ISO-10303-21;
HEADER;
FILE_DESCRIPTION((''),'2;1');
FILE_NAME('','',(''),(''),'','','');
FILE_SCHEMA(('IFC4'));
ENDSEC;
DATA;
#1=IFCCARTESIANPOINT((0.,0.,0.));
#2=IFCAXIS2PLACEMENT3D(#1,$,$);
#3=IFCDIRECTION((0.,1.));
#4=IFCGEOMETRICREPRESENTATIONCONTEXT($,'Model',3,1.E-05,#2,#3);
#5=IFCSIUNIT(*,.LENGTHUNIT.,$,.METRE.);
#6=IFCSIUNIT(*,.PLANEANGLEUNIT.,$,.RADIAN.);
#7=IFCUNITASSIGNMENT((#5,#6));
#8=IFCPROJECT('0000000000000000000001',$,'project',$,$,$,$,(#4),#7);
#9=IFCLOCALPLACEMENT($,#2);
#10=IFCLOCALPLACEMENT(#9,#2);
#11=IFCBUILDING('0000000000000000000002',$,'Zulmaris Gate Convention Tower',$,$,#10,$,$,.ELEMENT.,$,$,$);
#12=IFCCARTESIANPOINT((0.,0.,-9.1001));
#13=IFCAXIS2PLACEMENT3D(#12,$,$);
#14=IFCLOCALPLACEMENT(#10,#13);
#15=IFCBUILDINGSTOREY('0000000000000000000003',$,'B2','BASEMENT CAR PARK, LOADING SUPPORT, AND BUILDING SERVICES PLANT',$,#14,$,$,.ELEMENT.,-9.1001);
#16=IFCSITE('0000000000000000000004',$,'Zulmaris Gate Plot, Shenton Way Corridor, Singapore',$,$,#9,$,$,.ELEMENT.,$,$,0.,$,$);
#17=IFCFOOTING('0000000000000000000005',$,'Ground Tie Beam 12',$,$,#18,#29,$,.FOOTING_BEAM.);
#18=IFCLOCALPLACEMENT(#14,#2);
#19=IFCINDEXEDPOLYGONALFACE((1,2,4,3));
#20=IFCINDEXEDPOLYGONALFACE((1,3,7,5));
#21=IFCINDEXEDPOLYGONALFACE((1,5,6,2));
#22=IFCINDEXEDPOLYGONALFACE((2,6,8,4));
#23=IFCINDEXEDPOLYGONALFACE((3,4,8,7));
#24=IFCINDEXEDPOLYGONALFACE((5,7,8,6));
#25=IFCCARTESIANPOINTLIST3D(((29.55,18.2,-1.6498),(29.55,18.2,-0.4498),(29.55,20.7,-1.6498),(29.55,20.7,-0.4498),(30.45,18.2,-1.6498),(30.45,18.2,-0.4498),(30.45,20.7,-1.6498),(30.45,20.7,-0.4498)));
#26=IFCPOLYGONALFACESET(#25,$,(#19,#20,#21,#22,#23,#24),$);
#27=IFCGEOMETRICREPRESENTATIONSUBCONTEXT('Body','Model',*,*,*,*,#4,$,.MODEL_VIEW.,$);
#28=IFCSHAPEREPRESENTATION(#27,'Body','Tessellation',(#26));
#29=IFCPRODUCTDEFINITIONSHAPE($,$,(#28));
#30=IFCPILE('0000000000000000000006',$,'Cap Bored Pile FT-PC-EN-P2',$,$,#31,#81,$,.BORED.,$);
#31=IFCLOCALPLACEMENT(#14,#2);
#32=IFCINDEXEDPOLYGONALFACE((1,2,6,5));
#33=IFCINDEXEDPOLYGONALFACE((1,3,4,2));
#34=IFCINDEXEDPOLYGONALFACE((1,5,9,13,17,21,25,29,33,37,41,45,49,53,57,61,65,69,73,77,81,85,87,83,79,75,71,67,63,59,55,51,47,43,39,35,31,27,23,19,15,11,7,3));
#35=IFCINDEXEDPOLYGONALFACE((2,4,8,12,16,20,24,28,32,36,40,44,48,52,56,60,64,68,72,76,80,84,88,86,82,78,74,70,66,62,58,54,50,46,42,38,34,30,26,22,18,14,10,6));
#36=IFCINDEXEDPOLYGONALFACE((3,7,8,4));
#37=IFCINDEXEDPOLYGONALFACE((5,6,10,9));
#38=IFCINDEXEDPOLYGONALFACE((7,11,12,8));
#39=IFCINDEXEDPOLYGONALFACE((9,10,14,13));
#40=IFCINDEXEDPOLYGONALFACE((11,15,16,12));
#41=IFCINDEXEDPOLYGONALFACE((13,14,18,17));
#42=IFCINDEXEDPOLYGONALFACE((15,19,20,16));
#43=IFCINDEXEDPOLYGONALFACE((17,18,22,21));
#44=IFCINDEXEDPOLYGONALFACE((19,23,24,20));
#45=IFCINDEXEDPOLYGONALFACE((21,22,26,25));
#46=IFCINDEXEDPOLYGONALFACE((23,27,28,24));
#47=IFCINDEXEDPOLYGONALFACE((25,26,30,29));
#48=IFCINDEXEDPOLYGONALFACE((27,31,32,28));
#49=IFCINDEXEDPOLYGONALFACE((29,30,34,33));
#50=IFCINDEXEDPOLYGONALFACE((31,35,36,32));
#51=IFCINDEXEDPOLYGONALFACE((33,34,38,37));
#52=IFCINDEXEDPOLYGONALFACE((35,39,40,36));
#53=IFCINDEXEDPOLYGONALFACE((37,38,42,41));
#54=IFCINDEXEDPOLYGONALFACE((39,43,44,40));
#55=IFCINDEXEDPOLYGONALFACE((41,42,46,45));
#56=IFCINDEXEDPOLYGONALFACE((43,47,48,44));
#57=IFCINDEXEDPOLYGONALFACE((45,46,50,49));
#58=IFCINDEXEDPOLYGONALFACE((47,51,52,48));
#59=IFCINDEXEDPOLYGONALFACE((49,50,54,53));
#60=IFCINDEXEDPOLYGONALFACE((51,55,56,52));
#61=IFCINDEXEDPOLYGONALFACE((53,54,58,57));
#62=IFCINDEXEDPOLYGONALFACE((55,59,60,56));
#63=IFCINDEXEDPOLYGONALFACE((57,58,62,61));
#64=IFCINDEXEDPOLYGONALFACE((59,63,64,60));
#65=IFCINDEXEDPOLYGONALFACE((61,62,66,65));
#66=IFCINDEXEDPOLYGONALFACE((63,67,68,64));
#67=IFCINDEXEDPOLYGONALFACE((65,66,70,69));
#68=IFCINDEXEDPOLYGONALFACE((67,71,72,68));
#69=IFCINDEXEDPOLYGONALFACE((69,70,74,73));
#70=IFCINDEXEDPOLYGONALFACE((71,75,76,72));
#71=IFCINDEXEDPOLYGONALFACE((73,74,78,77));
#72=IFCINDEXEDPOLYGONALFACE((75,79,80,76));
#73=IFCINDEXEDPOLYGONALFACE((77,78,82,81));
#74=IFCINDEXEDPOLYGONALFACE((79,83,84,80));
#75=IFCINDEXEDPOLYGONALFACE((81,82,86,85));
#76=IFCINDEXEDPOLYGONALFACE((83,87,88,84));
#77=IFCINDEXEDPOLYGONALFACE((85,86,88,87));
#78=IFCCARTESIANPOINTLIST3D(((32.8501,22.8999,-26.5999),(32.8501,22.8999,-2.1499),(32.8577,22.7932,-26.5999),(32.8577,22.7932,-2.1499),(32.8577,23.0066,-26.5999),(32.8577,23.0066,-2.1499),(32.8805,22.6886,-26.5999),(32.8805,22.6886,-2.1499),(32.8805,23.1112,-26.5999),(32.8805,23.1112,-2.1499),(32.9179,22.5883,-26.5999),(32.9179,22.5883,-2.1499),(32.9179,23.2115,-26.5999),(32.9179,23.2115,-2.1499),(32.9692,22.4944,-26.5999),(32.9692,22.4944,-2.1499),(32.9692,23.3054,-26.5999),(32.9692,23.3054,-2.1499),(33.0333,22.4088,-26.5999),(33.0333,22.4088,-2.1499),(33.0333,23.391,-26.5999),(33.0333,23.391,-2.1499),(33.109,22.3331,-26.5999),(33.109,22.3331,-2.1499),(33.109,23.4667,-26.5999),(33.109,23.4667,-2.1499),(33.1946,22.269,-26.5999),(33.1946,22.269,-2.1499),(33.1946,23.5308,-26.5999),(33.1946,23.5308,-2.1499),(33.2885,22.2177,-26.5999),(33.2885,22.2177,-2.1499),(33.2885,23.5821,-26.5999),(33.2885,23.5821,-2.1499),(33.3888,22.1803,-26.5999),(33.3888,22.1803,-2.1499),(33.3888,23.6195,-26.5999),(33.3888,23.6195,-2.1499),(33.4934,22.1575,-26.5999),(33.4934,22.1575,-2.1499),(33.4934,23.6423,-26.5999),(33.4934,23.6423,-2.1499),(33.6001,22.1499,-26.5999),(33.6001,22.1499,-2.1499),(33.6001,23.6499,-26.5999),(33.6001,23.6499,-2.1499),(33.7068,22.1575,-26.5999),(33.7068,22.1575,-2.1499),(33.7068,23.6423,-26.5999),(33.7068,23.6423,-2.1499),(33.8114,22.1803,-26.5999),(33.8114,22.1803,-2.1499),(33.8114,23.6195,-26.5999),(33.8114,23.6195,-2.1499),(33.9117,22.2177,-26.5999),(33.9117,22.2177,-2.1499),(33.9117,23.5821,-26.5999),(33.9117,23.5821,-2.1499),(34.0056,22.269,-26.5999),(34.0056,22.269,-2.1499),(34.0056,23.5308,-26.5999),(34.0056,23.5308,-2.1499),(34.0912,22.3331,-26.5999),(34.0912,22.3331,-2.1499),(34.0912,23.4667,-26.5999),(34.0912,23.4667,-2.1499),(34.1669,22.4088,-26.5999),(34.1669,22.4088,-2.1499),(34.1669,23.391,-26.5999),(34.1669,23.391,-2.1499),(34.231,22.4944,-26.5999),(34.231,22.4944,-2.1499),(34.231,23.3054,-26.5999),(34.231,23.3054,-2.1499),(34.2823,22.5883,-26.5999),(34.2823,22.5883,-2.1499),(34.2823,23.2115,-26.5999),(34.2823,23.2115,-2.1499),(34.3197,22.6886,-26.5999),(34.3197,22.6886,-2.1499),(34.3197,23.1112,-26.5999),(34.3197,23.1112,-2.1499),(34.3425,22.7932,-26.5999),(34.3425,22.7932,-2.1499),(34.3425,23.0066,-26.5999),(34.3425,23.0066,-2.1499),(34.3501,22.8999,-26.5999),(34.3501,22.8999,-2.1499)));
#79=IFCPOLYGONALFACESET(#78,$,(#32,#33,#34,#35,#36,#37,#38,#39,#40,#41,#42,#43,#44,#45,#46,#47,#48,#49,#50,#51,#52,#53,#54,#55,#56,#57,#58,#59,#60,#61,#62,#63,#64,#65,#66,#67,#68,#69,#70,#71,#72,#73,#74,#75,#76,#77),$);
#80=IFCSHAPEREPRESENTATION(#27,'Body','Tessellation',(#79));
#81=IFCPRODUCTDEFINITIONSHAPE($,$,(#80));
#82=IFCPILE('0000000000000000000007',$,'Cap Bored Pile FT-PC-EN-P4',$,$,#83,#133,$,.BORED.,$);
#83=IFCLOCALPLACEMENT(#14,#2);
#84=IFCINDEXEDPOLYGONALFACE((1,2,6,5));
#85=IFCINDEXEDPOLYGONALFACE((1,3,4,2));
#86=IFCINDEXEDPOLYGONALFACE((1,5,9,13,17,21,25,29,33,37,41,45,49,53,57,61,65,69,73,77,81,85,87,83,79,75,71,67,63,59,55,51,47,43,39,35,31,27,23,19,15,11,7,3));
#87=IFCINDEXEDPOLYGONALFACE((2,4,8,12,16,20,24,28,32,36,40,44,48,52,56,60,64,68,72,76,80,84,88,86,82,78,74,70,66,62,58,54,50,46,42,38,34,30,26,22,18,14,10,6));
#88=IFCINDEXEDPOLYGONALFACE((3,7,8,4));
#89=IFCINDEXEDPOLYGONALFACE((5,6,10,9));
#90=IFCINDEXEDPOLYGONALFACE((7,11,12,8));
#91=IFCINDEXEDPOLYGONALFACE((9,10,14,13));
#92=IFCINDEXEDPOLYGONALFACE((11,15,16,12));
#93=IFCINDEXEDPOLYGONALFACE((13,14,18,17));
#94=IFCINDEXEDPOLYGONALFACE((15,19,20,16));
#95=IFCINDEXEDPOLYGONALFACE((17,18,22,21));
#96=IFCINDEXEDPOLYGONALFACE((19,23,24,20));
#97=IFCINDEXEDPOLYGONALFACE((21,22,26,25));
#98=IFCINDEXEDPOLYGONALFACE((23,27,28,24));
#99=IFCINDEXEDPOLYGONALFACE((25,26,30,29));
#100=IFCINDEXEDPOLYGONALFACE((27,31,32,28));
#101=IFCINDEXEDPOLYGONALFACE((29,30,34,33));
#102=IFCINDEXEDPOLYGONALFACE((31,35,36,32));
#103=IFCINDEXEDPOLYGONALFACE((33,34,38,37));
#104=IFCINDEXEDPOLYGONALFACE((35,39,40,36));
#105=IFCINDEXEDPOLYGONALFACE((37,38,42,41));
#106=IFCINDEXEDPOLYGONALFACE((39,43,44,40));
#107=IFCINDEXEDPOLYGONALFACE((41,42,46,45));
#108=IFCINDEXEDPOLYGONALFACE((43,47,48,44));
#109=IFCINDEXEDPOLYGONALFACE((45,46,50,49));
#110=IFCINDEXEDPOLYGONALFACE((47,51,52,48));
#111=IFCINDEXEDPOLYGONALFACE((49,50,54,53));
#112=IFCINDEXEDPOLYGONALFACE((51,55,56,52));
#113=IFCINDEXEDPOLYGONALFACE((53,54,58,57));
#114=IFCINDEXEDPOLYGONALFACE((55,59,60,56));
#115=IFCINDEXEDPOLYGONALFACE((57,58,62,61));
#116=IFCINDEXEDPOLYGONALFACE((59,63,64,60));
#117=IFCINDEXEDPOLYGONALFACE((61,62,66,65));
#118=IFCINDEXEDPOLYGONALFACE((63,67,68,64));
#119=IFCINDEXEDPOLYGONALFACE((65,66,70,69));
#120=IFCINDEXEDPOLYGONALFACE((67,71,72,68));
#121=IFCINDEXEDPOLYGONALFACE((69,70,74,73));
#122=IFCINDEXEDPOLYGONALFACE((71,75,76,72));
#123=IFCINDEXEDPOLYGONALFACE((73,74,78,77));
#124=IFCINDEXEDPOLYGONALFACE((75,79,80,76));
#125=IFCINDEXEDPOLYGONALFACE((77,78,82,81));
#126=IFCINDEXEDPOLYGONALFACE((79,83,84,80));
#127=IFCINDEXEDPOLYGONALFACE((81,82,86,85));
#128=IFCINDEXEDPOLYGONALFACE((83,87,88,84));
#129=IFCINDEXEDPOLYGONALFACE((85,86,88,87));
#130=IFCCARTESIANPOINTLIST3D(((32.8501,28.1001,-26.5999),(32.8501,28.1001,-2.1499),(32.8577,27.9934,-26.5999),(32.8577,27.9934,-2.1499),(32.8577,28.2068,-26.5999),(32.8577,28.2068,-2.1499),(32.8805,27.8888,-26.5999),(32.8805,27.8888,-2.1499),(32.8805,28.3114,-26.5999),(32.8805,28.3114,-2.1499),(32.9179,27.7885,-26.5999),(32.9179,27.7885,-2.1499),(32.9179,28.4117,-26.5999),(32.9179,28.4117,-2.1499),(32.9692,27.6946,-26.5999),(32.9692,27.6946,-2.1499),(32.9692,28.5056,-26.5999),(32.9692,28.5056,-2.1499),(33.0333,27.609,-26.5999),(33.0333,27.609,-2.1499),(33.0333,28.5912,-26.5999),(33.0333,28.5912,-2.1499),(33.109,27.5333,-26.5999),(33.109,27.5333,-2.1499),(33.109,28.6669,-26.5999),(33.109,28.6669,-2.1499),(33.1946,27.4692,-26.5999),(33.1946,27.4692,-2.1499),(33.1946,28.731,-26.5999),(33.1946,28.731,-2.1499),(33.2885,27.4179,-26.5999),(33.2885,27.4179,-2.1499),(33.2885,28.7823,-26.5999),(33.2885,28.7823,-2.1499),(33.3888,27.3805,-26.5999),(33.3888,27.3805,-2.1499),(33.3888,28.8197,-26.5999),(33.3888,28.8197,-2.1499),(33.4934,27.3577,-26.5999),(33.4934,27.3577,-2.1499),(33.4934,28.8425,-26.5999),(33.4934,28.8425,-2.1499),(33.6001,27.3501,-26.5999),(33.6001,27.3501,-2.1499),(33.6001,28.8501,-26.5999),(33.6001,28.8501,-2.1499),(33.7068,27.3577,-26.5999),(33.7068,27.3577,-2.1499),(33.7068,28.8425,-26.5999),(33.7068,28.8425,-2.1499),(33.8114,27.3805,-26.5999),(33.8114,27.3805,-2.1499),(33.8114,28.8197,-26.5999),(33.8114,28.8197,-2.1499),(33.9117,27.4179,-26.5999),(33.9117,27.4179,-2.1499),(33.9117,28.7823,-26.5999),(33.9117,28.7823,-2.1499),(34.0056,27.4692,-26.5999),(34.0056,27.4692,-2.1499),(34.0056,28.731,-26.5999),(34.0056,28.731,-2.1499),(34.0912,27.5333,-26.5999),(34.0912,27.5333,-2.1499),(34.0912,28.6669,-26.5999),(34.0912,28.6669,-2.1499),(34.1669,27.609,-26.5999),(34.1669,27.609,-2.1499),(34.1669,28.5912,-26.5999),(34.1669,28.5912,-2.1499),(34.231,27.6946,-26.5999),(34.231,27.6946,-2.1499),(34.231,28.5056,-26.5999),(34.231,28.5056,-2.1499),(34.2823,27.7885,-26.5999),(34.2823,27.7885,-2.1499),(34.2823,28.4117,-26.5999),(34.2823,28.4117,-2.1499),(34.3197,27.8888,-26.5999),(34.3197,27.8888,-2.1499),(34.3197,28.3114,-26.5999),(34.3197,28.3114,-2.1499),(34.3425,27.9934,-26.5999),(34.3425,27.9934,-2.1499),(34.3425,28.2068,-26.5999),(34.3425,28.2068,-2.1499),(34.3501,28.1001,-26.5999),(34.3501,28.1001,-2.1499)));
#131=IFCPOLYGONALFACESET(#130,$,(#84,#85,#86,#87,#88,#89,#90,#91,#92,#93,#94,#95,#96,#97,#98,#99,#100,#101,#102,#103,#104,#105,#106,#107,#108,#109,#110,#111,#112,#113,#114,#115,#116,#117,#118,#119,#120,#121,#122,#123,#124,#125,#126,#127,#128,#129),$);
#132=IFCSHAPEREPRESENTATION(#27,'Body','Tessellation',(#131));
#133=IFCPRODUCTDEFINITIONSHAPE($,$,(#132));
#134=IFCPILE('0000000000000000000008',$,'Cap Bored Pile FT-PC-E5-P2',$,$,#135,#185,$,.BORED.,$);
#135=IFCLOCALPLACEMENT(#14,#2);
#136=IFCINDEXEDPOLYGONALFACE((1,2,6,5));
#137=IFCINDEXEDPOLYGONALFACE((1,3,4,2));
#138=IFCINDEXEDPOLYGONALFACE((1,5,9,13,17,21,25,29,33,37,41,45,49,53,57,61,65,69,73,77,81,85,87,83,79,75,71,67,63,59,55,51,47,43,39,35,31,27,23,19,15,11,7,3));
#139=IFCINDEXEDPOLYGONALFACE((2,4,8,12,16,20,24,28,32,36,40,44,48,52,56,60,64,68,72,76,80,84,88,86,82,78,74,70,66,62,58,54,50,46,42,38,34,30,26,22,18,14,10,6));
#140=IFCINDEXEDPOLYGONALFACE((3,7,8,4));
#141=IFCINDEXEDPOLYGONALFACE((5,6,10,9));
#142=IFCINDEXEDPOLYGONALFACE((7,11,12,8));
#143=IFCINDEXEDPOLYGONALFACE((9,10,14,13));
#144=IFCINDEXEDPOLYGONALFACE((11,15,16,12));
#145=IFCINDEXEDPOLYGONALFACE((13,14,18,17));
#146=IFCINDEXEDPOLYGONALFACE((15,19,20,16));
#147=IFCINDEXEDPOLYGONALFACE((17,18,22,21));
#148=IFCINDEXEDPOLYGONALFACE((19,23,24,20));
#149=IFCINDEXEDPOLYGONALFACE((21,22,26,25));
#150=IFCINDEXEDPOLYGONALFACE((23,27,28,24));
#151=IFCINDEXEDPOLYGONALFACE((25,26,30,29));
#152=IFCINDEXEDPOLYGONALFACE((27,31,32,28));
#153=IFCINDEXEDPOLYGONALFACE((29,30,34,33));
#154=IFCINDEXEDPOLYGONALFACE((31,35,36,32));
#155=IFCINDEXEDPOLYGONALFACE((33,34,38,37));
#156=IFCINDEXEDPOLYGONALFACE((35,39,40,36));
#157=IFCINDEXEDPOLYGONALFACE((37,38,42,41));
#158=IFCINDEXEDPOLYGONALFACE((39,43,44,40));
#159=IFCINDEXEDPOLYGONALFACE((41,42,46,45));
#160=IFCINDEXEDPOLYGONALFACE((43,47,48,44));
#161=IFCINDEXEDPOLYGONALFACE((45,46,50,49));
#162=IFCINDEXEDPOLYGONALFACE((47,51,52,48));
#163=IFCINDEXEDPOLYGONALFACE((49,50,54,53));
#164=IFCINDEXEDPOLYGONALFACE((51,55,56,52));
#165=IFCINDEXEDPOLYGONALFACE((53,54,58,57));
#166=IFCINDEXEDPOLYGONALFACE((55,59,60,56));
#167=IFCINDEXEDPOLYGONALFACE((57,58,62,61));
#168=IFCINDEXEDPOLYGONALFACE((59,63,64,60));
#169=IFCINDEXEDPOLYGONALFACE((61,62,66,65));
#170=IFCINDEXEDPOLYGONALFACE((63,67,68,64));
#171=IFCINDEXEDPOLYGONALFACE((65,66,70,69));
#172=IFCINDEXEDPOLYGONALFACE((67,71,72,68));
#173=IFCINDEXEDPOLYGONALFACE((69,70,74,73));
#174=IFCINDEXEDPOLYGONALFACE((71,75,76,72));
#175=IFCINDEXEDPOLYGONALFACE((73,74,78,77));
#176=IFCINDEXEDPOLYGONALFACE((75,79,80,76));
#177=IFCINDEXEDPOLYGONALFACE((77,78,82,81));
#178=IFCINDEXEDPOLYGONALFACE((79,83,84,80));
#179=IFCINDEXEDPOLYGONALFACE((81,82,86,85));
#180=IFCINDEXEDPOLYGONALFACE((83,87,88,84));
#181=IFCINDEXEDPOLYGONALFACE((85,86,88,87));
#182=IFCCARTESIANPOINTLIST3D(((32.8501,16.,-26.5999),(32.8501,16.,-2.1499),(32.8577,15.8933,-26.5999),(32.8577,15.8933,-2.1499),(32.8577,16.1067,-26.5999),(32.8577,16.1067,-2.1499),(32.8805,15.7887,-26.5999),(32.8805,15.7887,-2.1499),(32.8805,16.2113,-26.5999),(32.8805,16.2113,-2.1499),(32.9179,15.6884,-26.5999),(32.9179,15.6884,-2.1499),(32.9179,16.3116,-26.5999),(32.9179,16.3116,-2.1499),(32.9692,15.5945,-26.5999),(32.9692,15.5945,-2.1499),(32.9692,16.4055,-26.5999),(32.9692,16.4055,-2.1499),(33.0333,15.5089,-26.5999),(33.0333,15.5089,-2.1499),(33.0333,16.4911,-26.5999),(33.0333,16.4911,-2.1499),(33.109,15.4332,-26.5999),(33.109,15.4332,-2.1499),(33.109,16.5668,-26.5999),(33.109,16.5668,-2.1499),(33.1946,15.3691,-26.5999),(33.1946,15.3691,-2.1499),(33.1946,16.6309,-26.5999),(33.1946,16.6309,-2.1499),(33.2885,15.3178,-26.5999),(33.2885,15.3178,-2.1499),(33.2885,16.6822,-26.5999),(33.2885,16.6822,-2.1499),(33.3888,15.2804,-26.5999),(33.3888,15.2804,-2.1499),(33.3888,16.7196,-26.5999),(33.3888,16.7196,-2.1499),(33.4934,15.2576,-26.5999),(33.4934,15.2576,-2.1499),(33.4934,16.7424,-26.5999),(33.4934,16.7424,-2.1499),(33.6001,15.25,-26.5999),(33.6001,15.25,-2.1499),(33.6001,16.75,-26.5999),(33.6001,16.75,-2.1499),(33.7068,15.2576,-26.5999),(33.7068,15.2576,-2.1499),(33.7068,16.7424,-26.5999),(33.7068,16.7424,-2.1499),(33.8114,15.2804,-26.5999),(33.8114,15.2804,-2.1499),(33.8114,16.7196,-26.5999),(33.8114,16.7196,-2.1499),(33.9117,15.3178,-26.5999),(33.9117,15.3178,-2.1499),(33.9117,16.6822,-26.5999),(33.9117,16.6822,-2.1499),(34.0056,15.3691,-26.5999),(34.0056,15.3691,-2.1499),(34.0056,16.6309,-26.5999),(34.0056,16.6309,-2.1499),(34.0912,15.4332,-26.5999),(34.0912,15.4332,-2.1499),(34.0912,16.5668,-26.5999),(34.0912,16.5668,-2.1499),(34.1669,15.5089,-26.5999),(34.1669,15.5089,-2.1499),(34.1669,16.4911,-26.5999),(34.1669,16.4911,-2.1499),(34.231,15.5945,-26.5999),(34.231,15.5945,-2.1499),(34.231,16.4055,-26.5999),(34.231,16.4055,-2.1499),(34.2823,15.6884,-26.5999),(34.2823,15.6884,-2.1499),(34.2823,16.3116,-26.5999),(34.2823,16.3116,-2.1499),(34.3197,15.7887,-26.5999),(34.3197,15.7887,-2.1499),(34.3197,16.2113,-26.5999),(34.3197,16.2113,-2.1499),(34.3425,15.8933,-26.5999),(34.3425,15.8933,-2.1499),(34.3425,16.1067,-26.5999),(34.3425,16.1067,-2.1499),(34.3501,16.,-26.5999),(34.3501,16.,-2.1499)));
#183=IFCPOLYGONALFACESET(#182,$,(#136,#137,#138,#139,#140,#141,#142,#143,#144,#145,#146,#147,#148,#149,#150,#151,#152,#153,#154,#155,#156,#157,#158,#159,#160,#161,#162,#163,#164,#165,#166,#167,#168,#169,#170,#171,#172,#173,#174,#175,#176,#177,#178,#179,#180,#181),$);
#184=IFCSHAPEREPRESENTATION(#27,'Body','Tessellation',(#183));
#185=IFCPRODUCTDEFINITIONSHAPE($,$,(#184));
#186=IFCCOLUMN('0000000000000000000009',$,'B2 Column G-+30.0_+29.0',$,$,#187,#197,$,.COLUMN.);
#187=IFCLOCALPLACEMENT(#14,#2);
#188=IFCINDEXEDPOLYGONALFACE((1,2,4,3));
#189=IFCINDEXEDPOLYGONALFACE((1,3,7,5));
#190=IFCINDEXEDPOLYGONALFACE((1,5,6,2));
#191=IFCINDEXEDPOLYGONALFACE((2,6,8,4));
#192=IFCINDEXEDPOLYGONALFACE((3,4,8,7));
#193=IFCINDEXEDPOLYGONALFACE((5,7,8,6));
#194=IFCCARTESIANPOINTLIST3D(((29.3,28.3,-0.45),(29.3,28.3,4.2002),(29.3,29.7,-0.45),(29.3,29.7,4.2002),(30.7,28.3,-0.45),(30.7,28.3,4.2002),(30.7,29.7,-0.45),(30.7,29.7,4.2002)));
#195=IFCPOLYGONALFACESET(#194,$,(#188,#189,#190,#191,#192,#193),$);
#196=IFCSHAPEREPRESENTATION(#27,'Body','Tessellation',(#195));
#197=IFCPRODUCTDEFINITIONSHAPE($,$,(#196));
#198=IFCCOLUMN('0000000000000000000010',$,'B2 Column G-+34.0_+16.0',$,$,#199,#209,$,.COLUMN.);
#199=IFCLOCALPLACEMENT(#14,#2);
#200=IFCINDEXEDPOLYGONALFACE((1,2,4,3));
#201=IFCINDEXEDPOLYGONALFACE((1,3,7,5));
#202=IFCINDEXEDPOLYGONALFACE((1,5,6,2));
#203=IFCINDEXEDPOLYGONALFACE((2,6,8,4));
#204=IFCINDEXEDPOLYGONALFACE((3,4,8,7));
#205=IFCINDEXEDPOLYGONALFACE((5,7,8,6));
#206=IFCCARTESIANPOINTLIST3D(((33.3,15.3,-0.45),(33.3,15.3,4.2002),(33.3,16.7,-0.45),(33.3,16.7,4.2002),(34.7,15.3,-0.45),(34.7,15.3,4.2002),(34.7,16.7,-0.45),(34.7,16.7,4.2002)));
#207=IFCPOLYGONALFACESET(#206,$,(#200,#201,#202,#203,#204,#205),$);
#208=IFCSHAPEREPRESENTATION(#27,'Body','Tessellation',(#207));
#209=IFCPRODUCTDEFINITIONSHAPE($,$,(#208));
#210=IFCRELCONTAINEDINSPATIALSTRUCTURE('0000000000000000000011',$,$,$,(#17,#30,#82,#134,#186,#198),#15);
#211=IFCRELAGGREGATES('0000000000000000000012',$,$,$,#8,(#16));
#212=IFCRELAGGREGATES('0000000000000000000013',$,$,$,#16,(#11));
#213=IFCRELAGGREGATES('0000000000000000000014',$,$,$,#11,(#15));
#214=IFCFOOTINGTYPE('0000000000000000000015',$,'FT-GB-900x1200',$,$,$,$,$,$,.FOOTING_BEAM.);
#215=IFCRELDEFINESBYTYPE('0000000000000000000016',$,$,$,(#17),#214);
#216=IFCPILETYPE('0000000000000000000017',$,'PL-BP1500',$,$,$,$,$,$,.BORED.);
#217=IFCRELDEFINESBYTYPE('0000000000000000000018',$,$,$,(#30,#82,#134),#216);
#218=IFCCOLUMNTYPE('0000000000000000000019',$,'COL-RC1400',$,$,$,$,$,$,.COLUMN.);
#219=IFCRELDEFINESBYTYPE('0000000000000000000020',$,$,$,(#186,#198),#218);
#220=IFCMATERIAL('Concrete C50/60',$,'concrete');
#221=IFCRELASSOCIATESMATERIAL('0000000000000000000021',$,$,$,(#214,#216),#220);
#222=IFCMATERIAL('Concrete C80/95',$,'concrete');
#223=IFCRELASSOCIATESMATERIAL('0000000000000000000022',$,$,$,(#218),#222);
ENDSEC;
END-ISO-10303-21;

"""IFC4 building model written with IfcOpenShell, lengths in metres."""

from ifc_helpers import new_model, si_unit, direction, frame, origin, origin_2d, place, context, subcontext, project, spatial, rectangle, circle, extrude, material, material_profile, profile_set, type_object, element, save


model = new_model("IFC4")

# Units and contexts
model_context = context("Model", 3, precision=1e-05, world=origin(), true_north=direction((0.0, 1.0)))
body_context = subcontext(model_context, "Body", "Model", "MODEL_VIEW")
ifc_project = project(units=[si_unit("LENGTHUNIT", "METRE"), si_unit("PLANEANGLEUNIT", "RADIAN")], contexts=[model_context])

# Site, building, storey
site_placement = place(None, origin())
site = spatial("IfcSite", under=ifc_project, at=site_placement, Name="Zulmaris Gate Plot, Shenton Way Corridor, Singapore", CompositionType="ELEMENT", RefElevation=0.0)
building_placement = place(site_placement, origin())
building = spatial("IfcBuilding", under=site, at=building_placement, Name="Zulmaris Gate Convention Tower", CompositionType="ELEMENT")
storey_placement = place(building_placement, frame((0.0, 0.0, -9.1001)))
storey = spatial("IfcBuildingStorey", under=building, at=storey_placement, Name="B2", Description="BASEMENT CAR PARK, LOADING SUPPORT, AND BUILDING SERVICES PLANT", CompositionType="ELEMENT", Elevation=-9.1001)

# Footing
ifc_material_1 = material(Name="Concrete C50/60", Category="concrete")
ifc_material_profile_1 = material_profile(ifc_material_1, rectangle(XDim=0.8999, YDim=1.2, at=origin_2d()), Name="RC TIE 900x1200")
ifc_profile_set_1 = profile_set([ifc_material_profile_1], Name="Concrete C50/60")
footing_type = type_object("IfcFootingType", Name="FT-GB-900x1200", PredefinedType="FOOTING_BEAM", material=ifc_profile_set_1)
footing_placement = place(storey_placement, frame((30.0, 18.2, -1.0498), z_axis=(0.0, 1.0, 0.0), x_axis=(-1.0, 0.0, 0.0)))
element("IfcFooting", 1, at=footing_placement, inside=storey, type_object=footing_type, Name="Ground Tie Beam 12", PredefinedType="FOOTING_BEAM", context=body_context, shape_type="SweptSolid", body=[
    extrude(rectangle(XDim=0.8999, YDim=1.2, at=origin_2d()), origin(), (0.0, 0.0, 1.0), 2.5),
])

# Piles
ifc_material_profile_2 = material_profile(ifc_material_1, circle(Radius=0.75, at=origin_2d()), Name="BORED PILE 1500")
ifc_profile_set_2 = profile_set([ifc_material_profile_2], Name="Concrete C50/60")
pile_type = type_object("IfcPileType", Name="PL-BP1500", PredefinedType="BORED", material=ifc_profile_set_2)
for number, where, z_axis, x_axis, name in (
    (2, (33.6001, 22.8999, -2.1499), (0.0, 0.0, -1.0), (1.0, 0.0, 0.0), "Cap Bored Pile FT-PC-EN-P2"),
    (3, (33.6001, 28.1001, -2.1499), (0.0, 0.0, -1.0), (1.0, 0.0, 0.0), "Cap Bored Pile FT-PC-EN-P4"),
    (4, (33.6001, 16.0, -2.1499), (0.0, 0.0, -1.0), (1.0, 0.0, 0.0), "Cap Bored Pile FT-PC-E5-P2"),
):
    element("IfcPile", number, at=place(storey_placement, frame(where, z_axis=z_axis, x_axis=x_axis)), inside=storey, type_object=pile_type, Name=name, PredefinedType="BORED", context=body_context, shape_type="SweptSolid", body=[
        extrude(circle(Radius=0.75, at=origin_2d()), origin(), (0.0, 0.0, 1.0), 24.45),
    ])

# Columns
ifc_material_2 = material(Name="Concrete C80/95", Category="concrete")
ifc_material_profile_3 = material_profile(ifc_material_2, rectangle(XDim=1.3999, YDim=1.3999, at=origin_2d()), Name="RC COL 1400x1400")
ifc_profile_set_3 = profile_set([ifc_material_profile_3], Name="Concrete C80/95")
column_type = type_object("IfcColumnType", Name="COL-RC1400", PredefinedType="COLUMN", material=ifc_profile_set_3)
for number, where, z_axis, x_axis, name in (
    (5, (30.0, 29.0, -0.45), (0.0, 0.0, 1.0), (1.0, 0.0, 0.0), "B2 Column G-+30.0_+29.0"),
    (6, (34.0, 16.0, -0.45), (0.0, 0.0, 1.0), (1.0, 0.0, 0.0), "B2 Column G-+34.0_+16.0"),
):
    element("IfcColumn", number, at=place(storey_placement, frame(where, z_axis=z_axis, x_axis=x_axis)), inside=storey, type_object=column_type, Name=name, PredefinedType="COLUMN", context=body_context, shape_type="SweptSolid", body=[
        extrude(rectangle(XDim=1.3999, YDim=1.3999, at=origin_2d()), origin(), (0.0, 0.0, 1.0), 4.6501),
    ])

save(model, "model.ifc")
